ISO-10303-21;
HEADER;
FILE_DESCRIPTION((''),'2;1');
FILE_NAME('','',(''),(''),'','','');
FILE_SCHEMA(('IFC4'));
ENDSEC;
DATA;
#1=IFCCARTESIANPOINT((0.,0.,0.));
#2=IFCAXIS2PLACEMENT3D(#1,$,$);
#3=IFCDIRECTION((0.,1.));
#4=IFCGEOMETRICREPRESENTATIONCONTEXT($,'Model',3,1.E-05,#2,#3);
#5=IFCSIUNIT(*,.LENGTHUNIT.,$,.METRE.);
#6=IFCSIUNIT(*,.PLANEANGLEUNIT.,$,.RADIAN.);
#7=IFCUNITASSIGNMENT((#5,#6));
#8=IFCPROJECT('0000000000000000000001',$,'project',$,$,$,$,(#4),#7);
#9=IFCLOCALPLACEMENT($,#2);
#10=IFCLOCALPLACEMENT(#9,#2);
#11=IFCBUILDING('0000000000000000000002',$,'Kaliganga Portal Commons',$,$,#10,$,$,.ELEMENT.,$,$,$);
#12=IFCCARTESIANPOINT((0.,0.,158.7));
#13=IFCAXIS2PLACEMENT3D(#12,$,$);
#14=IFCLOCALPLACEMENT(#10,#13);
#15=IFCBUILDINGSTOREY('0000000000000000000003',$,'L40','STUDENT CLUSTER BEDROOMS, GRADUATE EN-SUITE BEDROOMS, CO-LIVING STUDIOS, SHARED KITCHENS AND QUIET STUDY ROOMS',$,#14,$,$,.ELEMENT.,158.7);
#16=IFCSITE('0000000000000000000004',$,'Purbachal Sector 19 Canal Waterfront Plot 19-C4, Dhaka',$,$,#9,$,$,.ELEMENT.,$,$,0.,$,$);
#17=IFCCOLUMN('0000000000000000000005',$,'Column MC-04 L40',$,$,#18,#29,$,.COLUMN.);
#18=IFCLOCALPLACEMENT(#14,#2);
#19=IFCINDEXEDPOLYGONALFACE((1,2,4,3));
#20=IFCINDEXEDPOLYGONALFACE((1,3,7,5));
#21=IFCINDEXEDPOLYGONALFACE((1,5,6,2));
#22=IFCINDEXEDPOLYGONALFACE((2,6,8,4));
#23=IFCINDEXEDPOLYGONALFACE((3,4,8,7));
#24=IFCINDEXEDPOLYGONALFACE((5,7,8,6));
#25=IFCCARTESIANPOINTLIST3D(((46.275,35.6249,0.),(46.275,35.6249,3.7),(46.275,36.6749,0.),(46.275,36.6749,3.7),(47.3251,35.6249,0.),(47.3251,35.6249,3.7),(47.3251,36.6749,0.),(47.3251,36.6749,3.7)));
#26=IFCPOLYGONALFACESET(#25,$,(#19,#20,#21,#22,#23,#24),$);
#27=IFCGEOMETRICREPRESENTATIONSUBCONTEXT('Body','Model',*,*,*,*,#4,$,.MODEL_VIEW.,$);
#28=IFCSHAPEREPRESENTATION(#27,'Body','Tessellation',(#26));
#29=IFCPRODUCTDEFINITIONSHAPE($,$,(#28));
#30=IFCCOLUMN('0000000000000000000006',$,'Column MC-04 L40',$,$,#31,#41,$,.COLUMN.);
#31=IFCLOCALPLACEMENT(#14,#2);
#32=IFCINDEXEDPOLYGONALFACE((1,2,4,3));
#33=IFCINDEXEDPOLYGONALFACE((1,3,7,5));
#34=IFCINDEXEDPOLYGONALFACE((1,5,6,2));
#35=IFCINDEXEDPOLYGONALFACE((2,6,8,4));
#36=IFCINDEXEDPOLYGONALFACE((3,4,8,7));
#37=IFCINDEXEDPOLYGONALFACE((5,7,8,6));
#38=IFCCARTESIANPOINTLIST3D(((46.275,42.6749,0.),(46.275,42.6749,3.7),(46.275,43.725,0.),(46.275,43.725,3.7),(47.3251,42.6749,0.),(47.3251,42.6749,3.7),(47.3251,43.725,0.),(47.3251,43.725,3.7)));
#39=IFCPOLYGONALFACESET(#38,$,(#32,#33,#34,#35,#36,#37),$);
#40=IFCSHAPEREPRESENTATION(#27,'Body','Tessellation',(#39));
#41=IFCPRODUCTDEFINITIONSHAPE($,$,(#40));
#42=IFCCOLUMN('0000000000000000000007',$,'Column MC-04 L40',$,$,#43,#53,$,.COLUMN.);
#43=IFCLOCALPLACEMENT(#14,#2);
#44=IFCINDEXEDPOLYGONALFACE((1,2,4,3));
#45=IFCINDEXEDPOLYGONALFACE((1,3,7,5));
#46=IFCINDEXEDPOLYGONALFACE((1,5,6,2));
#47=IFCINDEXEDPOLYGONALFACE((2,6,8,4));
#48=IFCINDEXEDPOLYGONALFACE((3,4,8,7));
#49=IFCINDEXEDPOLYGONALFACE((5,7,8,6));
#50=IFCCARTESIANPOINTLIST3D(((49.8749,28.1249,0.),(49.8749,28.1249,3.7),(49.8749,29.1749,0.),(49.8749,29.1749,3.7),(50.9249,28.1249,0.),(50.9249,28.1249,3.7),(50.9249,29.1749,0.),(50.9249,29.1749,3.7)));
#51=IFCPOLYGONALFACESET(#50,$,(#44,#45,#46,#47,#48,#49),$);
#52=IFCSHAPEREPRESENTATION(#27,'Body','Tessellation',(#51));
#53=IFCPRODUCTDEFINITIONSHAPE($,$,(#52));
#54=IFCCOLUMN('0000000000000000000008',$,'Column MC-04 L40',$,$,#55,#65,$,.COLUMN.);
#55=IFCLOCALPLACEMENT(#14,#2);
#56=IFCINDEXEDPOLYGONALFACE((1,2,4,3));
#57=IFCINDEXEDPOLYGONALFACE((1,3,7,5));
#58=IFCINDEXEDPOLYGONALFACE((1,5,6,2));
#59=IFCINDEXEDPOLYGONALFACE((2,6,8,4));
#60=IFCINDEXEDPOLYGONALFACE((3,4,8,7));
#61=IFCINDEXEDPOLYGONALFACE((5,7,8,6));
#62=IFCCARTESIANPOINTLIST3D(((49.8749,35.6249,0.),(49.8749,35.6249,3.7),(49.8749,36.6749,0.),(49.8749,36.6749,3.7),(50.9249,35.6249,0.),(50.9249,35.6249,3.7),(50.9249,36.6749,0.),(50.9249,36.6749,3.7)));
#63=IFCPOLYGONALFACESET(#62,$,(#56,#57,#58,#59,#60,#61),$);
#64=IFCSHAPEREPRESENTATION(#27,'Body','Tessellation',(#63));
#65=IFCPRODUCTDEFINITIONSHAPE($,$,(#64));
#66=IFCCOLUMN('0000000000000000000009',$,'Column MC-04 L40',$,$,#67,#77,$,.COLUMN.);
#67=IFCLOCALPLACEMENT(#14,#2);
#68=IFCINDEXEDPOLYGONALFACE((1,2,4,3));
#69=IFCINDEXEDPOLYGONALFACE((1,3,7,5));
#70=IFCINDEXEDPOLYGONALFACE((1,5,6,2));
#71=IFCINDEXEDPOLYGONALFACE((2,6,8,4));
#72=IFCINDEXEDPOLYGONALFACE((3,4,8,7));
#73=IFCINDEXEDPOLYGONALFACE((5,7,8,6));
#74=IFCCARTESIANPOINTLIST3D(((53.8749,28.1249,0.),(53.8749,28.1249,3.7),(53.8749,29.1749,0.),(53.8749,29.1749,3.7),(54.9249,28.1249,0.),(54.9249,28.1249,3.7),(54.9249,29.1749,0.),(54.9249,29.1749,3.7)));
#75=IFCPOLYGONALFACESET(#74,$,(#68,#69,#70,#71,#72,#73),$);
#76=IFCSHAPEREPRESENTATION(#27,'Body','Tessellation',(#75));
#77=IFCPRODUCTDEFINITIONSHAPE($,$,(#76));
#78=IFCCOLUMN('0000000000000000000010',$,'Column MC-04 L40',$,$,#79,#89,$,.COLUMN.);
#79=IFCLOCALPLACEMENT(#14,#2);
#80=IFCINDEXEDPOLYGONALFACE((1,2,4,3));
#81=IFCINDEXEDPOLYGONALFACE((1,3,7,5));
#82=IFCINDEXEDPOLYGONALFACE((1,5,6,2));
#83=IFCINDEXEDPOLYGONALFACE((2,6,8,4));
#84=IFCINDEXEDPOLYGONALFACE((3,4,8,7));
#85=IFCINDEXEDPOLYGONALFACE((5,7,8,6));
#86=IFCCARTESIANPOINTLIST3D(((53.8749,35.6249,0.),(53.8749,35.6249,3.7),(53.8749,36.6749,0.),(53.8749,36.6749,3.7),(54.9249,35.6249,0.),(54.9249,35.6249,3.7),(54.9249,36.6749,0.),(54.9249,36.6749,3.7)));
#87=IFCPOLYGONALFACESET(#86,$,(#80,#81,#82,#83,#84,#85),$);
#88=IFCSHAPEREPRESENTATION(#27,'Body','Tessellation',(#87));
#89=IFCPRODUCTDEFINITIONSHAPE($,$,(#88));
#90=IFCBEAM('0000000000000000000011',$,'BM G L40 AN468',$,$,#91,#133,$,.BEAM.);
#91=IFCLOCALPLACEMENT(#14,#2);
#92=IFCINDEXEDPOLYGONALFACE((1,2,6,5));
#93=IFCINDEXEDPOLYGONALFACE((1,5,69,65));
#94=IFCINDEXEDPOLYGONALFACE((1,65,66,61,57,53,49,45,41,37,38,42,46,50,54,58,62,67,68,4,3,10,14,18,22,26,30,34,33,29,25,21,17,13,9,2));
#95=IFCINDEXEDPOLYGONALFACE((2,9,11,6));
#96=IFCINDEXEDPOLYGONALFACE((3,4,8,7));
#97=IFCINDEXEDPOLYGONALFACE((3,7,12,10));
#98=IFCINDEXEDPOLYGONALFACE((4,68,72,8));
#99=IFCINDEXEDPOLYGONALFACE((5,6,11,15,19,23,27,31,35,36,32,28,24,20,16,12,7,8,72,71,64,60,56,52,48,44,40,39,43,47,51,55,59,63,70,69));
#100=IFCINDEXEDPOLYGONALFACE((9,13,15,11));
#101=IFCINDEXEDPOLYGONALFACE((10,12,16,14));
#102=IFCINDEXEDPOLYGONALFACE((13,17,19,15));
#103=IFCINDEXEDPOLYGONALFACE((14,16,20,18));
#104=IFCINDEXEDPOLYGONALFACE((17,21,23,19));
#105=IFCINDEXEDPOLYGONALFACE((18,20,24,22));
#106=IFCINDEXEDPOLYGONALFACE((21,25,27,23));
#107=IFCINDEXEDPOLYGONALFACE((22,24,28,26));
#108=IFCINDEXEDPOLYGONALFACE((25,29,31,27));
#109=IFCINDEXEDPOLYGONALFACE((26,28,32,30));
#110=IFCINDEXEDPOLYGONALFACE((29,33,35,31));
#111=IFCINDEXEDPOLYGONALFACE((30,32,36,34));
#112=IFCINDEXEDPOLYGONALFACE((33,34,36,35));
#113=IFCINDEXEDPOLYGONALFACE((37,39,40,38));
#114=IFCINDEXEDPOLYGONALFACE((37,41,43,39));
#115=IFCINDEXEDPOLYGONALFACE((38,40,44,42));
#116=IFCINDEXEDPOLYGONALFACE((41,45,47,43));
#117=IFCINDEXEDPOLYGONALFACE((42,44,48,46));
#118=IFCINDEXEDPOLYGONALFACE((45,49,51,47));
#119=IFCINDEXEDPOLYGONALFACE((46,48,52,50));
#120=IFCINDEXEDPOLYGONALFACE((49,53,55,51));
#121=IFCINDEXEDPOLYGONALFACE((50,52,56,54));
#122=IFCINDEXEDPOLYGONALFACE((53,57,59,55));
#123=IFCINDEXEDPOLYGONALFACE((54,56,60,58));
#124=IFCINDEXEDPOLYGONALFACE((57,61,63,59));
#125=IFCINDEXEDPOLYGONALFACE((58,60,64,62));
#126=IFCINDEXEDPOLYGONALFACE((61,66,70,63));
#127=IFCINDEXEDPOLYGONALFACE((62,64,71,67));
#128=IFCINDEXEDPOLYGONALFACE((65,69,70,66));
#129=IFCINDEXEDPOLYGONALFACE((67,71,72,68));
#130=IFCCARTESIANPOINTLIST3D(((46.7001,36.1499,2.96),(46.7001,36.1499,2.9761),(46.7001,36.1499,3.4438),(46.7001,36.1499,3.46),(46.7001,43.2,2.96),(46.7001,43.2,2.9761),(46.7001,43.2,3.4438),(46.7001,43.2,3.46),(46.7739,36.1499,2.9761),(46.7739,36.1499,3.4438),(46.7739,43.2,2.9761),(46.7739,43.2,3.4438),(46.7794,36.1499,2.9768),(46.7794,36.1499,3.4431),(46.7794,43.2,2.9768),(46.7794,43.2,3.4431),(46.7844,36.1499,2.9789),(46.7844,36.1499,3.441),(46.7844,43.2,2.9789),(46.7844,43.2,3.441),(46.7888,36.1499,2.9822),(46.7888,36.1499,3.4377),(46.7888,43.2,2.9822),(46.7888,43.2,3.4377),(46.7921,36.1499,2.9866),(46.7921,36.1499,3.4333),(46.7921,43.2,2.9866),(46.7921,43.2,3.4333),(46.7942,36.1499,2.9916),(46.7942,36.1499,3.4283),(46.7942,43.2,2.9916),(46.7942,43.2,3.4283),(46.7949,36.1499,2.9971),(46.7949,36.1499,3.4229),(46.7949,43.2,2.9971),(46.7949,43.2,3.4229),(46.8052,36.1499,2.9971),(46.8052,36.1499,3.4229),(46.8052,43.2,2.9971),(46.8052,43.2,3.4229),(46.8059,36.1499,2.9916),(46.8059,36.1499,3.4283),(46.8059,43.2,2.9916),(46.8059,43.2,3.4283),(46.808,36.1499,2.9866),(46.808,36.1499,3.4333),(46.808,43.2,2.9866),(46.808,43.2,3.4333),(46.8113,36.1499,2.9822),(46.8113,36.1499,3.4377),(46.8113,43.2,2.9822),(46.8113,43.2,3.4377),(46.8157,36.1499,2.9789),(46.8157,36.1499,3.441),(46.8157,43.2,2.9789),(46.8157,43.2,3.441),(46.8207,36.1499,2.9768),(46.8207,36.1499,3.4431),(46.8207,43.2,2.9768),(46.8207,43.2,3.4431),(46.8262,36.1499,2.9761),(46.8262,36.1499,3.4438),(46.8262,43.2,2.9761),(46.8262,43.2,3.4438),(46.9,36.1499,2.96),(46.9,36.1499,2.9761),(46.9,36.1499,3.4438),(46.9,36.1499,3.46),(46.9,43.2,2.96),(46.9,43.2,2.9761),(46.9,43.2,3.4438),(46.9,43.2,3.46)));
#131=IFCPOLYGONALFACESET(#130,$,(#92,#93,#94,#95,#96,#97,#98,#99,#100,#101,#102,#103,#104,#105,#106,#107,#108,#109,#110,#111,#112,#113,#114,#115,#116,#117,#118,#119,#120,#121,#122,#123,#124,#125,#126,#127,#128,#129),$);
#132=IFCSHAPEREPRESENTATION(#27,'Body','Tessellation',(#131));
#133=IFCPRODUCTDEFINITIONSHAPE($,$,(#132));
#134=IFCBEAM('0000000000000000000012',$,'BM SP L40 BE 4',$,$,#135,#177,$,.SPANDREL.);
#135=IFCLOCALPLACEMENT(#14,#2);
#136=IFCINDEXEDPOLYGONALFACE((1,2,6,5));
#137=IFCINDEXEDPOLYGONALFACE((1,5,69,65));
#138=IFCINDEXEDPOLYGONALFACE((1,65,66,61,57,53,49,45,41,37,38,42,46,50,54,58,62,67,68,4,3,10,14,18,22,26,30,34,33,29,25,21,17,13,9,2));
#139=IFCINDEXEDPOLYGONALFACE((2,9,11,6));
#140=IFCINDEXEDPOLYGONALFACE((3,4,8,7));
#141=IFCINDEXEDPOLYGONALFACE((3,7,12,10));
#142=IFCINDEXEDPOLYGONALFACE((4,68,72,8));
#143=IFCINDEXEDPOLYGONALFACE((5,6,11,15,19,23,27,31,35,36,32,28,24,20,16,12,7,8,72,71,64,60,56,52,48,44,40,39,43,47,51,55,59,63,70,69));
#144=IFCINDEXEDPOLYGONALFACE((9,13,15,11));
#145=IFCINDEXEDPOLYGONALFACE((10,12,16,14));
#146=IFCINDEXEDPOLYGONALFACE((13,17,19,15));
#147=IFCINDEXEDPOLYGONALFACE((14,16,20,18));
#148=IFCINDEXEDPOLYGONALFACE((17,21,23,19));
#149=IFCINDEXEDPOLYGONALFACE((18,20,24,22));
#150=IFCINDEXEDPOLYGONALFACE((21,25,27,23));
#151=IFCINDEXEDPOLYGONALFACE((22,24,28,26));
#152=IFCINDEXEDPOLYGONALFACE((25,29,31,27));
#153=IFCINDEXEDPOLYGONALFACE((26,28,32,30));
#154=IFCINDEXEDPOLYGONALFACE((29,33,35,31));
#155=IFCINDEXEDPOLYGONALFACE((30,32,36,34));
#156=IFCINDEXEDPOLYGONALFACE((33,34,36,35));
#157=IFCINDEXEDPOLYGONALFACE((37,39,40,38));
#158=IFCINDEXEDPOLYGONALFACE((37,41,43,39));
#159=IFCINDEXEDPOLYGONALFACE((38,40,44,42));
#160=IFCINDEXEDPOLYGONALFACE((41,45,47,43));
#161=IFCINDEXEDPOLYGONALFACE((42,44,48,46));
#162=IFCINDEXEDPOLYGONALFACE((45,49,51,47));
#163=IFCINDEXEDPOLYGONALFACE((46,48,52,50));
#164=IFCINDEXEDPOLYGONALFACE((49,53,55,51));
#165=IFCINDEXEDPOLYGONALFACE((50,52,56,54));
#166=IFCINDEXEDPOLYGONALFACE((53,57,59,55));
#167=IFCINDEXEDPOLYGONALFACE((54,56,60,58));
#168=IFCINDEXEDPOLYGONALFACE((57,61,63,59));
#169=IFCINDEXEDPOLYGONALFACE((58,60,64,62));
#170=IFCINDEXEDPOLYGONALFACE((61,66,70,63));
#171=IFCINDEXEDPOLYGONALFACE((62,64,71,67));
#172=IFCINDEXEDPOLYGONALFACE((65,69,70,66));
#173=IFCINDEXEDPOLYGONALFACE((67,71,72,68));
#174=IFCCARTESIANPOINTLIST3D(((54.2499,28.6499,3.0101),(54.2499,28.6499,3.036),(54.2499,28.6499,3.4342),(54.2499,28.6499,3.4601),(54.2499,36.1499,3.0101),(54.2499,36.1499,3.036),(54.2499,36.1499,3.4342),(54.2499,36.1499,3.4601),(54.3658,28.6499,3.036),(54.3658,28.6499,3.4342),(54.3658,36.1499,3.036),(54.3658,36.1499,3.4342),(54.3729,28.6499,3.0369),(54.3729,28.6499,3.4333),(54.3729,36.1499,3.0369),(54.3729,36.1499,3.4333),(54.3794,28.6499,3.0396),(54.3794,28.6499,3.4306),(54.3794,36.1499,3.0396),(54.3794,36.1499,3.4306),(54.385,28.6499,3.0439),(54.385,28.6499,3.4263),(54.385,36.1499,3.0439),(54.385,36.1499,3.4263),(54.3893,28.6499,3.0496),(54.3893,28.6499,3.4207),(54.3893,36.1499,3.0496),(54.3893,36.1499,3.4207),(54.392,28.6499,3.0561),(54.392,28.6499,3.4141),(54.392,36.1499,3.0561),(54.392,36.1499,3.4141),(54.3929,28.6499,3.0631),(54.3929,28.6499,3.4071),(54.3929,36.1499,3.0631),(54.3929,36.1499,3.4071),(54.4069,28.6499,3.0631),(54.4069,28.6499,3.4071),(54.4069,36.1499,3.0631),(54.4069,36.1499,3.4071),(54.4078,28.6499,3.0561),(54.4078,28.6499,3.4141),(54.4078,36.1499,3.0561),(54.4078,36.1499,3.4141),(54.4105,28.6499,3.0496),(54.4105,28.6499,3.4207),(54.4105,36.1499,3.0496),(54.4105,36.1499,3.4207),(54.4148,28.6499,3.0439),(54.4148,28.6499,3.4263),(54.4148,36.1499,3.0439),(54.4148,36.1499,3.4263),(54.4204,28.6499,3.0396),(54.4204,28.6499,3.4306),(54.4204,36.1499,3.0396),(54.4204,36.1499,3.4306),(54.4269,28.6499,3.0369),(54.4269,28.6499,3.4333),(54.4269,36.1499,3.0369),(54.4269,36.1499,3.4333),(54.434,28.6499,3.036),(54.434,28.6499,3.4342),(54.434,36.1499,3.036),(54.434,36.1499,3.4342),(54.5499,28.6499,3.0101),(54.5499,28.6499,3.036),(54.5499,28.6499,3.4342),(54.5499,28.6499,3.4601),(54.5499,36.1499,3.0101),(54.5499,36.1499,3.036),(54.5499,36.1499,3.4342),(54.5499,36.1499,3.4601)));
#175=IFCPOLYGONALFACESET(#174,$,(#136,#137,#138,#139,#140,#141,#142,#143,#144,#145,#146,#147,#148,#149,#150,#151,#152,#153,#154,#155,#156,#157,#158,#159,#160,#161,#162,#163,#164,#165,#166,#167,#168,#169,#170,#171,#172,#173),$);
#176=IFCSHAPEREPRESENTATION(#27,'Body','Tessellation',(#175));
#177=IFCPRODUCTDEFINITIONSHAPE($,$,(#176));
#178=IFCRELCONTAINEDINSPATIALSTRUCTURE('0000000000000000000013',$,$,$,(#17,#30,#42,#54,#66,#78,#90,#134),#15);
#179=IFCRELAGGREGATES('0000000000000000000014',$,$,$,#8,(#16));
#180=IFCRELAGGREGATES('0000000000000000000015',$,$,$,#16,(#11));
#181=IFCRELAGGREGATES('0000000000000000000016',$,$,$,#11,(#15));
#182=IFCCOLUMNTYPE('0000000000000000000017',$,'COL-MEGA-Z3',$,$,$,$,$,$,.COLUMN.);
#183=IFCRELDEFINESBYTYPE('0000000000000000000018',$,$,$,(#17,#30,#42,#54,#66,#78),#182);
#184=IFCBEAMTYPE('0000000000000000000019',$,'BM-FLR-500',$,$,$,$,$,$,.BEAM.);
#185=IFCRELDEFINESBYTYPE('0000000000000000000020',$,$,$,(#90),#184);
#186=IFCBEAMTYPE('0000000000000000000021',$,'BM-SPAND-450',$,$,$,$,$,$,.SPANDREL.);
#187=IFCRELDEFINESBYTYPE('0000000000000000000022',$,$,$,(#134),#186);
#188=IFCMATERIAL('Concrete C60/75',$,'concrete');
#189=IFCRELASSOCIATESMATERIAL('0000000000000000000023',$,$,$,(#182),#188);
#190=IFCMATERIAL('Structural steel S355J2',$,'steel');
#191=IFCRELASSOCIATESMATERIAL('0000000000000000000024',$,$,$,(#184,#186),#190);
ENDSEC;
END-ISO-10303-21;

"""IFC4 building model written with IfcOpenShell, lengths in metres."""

from ifc_helpers import new_model, si_unit, direction, frame, origin, origin_2d, place, context, subcontext, project, spatial, rectangle, i_section, extrude, source, transform, mapped, material, material_profile, profile_set, type_object, element, save


model = new_model("IFC4")

# Units and contexts
model_context = context("Model", 3, precision=1e-05, world=origin(), true_north=direction((0.0, 1.0)))
body_context = subcontext(model_context, "Body", "Model", "MODEL_VIEW")
ifc_project = project(units=[si_unit("LENGTHUNIT", "METRE"), si_unit("PLANEANGLEUNIT", "RADIAN")], contexts=[model_context])

# Site, building, storey
site_placement = place(None, origin())
site = spatial("IfcSite", under=ifc_project, at=site_placement, Name="Purbachal Sector 19 Canal Waterfront Plot 19-C4, Dhaka", CompositionType="ELEMENT", RefElevation=0.0)
building_placement = place(site_placement, origin())
building = spatial("IfcBuilding", under=site, at=building_placement, Name="Kaliganga Portal Commons", CompositionType="ELEMENT")
storey_placement = place(building_placement, frame((0.0, 0.0, 158.7)))
storey = spatial("IfcBuildingStorey", under=building, at=storey_placement, Name="L40", Description="STUDENT CLUSTER BEDROOMS, GRADUATE EN-SUITE BEDROOMS, CO-LIVING STUDIOS, SHARED KITCHENS AND QUIET STUDY ROOMS", CompositionType="ELEMENT", Elevation=158.7)

# Columns
ifc_material_1 = material(Name="Concrete C60/75", Category="concrete")
ifc_material_profile_1 = material_profile(ifc_material_1, rectangle(XDim=1.05, YDim=1.05, at=origin_2d()), Name="RC 1050x1050")
ifc_profile_set_1 = profile_set([ifc_material_profile_1], Name="Concrete C60/75")
column_type = type_object("IfcColumnType", Name="COL-MEGA-Z3", PredefinedType="COLUMN", material=ifc_profile_set_1)
shared_shape_1 = source(origin(), body_context, "Body", "SweptSolid", [
    extrude(rectangle(XDim=1.05, YDim=1.05, at=origin_2d()), origin(), (0.0, 0.0, 1.0), 3.7),
])
for number, where, z_axis, x_axis, name in (
    (1, (46.8, 36.1499, 0.0), (0.0, 0.0, 1.0), (1.0, 0.0, 0.0), "Column MC-04 L40"),
    (2, (46.8, 43.2, 0.0), (0.0, 0.0, 1.0), (1.0, 0.0, 0.0), "Column MC-04 L40"),
    (3, (50.3999, 28.6499, 0.0), (0.0, 0.0, 1.0), (1.0, 0.0, 0.0), "Column MC-04 L40"),
    (4, (50.3999, 36.1499, 0.0), (0.0, 0.0, 1.0), (1.0, 0.0, 0.0), "Column MC-04 L40"),
    (5, (54.3999, 28.6499, 0.0), (0.0, 0.0, 1.0), (1.0, 0.0, 0.0), "Column MC-04 L40"),
    (6, (54.3999, 36.1499, 0.0), (0.0, 0.0, 1.0), (1.0, 0.0, 0.0), "Column MC-04 L40"),
):
    element("IfcColumn", number, at=place(storey_placement, frame(where, z_axis=z_axis, x_axis=x_axis)), inside=storey, type_object=column_type, Name=name, PredefinedType="COLUMN", context=body_context, shape_type="MappedRepresentation", body=[
        mapped(shared_shape_1, transform((0.0, 0.0, 0.0), x_axis=(1.0, 0.0, 0.0), y_axis=(0.0, 1.0, 0.0), z_axis=(0.0, 0.0, 1.0), scale=1.0)),
    ])

# Beams
ifc_material_2 = material(Name="Structural steel S355J2", Category="steel")
ifc_material_profile_2 = material_profile(ifc_material_2, i_section(OverallWidth=0.2, OverallDepth=0.5, WebThickness=0.0103, FlangeThickness=0.0161, FilletRadius=0.021, at=origin_2d()), Name="IPE 500")
ifc_profile_set_2 = profile_set([ifc_material_profile_2], Name="Structural steel S355J2 wide-flange")
beam_type_1 = type_object("IfcBeamType", Name="BM-FLR-500", PredefinedType="BEAM", material=ifc_profile_set_2)
shared_shape_2 = source(origin(), body_context, "Body", "SweptSolid", [
    extrude(i_section(OverallWidth=0.2, OverallDepth=0.5, WebThickness=0.0103, FlangeThickness=0.0161, FilletRadius=0.021, at=origin_2d()), origin(), (0.0, 0.0, 1.0), 7.05),
])
beam_1_placement = place(storey_placement, frame((46.8, 36.1499, 3.21), z_axis=(0.0, 1.0, 0.0), x_axis=(-1.0, 0.0, 0.0)))
element("IfcBeam", 7, at=beam_1_placement, inside=storey, type_object=beam_type_1, Name="BM G L40 AN468", PredefinedType="BEAM", context=body_context, shape_type="MappedRepresentation", body=[
    mapped(shared_shape_2, transform((0.0, 0.0, 0.0), x_axis=(1.0, 0.0, 0.0), y_axis=(0.0, 1.0, 0.0), z_axis=(0.0, 0.0, 1.0), scale=1.0)),
])
ifc_material_profile_3 = material_profile(ifc_material_2, i_section(OverallWidth=0.3, OverallDepth=0.45, WebThickness=0.0139, FlangeThickness=0.0259, FilletRadius=0.0271, at=origin_2d()), Name="HE 450 B")
ifc_profile_set_3 = profile_set([ifc_material_profile_3], Name="Structural steel S355J2 wide-flange")
beam_type_2 = type_object("IfcBeamType", Name="BM-SPAND-450", PredefinedType="SPANDREL", material=ifc_profile_set_3)
shared_shape_3 = source(origin(), body_context, "Body", "SweptSolid", [
    extrude(i_section(OverallWidth=0.3, OverallDepth=0.45, WebThickness=0.0139, FlangeThickness=0.0259, FilletRadius=0.0271, at=origin_2d()), origin(), (0.0, 0.0, 1.0), 7.5),
])
beam_2_placement = place(storey_placement, frame((54.3999, 28.6499, 3.2351), z_axis=(0.0, 1.0, 0.0), x_axis=(-1.0, 0.0, 0.0)))
element("IfcBeam", 8, at=beam_2_placement, inside=storey, type_object=beam_type_2, Name="BM SP L40 BE 4", PredefinedType="SPANDREL", context=body_context, shape_type="MappedRepresentation", body=[
    mapped(shared_shape_3, transform((0.0, 0.0, 0.0), x_axis=(1.0, 0.0, 0.0), y_axis=(0.0, 1.0, 0.0), z_axis=(0.0, 0.0, 1.0), scale=1.0)),
])

save(model, "model.ifc")
